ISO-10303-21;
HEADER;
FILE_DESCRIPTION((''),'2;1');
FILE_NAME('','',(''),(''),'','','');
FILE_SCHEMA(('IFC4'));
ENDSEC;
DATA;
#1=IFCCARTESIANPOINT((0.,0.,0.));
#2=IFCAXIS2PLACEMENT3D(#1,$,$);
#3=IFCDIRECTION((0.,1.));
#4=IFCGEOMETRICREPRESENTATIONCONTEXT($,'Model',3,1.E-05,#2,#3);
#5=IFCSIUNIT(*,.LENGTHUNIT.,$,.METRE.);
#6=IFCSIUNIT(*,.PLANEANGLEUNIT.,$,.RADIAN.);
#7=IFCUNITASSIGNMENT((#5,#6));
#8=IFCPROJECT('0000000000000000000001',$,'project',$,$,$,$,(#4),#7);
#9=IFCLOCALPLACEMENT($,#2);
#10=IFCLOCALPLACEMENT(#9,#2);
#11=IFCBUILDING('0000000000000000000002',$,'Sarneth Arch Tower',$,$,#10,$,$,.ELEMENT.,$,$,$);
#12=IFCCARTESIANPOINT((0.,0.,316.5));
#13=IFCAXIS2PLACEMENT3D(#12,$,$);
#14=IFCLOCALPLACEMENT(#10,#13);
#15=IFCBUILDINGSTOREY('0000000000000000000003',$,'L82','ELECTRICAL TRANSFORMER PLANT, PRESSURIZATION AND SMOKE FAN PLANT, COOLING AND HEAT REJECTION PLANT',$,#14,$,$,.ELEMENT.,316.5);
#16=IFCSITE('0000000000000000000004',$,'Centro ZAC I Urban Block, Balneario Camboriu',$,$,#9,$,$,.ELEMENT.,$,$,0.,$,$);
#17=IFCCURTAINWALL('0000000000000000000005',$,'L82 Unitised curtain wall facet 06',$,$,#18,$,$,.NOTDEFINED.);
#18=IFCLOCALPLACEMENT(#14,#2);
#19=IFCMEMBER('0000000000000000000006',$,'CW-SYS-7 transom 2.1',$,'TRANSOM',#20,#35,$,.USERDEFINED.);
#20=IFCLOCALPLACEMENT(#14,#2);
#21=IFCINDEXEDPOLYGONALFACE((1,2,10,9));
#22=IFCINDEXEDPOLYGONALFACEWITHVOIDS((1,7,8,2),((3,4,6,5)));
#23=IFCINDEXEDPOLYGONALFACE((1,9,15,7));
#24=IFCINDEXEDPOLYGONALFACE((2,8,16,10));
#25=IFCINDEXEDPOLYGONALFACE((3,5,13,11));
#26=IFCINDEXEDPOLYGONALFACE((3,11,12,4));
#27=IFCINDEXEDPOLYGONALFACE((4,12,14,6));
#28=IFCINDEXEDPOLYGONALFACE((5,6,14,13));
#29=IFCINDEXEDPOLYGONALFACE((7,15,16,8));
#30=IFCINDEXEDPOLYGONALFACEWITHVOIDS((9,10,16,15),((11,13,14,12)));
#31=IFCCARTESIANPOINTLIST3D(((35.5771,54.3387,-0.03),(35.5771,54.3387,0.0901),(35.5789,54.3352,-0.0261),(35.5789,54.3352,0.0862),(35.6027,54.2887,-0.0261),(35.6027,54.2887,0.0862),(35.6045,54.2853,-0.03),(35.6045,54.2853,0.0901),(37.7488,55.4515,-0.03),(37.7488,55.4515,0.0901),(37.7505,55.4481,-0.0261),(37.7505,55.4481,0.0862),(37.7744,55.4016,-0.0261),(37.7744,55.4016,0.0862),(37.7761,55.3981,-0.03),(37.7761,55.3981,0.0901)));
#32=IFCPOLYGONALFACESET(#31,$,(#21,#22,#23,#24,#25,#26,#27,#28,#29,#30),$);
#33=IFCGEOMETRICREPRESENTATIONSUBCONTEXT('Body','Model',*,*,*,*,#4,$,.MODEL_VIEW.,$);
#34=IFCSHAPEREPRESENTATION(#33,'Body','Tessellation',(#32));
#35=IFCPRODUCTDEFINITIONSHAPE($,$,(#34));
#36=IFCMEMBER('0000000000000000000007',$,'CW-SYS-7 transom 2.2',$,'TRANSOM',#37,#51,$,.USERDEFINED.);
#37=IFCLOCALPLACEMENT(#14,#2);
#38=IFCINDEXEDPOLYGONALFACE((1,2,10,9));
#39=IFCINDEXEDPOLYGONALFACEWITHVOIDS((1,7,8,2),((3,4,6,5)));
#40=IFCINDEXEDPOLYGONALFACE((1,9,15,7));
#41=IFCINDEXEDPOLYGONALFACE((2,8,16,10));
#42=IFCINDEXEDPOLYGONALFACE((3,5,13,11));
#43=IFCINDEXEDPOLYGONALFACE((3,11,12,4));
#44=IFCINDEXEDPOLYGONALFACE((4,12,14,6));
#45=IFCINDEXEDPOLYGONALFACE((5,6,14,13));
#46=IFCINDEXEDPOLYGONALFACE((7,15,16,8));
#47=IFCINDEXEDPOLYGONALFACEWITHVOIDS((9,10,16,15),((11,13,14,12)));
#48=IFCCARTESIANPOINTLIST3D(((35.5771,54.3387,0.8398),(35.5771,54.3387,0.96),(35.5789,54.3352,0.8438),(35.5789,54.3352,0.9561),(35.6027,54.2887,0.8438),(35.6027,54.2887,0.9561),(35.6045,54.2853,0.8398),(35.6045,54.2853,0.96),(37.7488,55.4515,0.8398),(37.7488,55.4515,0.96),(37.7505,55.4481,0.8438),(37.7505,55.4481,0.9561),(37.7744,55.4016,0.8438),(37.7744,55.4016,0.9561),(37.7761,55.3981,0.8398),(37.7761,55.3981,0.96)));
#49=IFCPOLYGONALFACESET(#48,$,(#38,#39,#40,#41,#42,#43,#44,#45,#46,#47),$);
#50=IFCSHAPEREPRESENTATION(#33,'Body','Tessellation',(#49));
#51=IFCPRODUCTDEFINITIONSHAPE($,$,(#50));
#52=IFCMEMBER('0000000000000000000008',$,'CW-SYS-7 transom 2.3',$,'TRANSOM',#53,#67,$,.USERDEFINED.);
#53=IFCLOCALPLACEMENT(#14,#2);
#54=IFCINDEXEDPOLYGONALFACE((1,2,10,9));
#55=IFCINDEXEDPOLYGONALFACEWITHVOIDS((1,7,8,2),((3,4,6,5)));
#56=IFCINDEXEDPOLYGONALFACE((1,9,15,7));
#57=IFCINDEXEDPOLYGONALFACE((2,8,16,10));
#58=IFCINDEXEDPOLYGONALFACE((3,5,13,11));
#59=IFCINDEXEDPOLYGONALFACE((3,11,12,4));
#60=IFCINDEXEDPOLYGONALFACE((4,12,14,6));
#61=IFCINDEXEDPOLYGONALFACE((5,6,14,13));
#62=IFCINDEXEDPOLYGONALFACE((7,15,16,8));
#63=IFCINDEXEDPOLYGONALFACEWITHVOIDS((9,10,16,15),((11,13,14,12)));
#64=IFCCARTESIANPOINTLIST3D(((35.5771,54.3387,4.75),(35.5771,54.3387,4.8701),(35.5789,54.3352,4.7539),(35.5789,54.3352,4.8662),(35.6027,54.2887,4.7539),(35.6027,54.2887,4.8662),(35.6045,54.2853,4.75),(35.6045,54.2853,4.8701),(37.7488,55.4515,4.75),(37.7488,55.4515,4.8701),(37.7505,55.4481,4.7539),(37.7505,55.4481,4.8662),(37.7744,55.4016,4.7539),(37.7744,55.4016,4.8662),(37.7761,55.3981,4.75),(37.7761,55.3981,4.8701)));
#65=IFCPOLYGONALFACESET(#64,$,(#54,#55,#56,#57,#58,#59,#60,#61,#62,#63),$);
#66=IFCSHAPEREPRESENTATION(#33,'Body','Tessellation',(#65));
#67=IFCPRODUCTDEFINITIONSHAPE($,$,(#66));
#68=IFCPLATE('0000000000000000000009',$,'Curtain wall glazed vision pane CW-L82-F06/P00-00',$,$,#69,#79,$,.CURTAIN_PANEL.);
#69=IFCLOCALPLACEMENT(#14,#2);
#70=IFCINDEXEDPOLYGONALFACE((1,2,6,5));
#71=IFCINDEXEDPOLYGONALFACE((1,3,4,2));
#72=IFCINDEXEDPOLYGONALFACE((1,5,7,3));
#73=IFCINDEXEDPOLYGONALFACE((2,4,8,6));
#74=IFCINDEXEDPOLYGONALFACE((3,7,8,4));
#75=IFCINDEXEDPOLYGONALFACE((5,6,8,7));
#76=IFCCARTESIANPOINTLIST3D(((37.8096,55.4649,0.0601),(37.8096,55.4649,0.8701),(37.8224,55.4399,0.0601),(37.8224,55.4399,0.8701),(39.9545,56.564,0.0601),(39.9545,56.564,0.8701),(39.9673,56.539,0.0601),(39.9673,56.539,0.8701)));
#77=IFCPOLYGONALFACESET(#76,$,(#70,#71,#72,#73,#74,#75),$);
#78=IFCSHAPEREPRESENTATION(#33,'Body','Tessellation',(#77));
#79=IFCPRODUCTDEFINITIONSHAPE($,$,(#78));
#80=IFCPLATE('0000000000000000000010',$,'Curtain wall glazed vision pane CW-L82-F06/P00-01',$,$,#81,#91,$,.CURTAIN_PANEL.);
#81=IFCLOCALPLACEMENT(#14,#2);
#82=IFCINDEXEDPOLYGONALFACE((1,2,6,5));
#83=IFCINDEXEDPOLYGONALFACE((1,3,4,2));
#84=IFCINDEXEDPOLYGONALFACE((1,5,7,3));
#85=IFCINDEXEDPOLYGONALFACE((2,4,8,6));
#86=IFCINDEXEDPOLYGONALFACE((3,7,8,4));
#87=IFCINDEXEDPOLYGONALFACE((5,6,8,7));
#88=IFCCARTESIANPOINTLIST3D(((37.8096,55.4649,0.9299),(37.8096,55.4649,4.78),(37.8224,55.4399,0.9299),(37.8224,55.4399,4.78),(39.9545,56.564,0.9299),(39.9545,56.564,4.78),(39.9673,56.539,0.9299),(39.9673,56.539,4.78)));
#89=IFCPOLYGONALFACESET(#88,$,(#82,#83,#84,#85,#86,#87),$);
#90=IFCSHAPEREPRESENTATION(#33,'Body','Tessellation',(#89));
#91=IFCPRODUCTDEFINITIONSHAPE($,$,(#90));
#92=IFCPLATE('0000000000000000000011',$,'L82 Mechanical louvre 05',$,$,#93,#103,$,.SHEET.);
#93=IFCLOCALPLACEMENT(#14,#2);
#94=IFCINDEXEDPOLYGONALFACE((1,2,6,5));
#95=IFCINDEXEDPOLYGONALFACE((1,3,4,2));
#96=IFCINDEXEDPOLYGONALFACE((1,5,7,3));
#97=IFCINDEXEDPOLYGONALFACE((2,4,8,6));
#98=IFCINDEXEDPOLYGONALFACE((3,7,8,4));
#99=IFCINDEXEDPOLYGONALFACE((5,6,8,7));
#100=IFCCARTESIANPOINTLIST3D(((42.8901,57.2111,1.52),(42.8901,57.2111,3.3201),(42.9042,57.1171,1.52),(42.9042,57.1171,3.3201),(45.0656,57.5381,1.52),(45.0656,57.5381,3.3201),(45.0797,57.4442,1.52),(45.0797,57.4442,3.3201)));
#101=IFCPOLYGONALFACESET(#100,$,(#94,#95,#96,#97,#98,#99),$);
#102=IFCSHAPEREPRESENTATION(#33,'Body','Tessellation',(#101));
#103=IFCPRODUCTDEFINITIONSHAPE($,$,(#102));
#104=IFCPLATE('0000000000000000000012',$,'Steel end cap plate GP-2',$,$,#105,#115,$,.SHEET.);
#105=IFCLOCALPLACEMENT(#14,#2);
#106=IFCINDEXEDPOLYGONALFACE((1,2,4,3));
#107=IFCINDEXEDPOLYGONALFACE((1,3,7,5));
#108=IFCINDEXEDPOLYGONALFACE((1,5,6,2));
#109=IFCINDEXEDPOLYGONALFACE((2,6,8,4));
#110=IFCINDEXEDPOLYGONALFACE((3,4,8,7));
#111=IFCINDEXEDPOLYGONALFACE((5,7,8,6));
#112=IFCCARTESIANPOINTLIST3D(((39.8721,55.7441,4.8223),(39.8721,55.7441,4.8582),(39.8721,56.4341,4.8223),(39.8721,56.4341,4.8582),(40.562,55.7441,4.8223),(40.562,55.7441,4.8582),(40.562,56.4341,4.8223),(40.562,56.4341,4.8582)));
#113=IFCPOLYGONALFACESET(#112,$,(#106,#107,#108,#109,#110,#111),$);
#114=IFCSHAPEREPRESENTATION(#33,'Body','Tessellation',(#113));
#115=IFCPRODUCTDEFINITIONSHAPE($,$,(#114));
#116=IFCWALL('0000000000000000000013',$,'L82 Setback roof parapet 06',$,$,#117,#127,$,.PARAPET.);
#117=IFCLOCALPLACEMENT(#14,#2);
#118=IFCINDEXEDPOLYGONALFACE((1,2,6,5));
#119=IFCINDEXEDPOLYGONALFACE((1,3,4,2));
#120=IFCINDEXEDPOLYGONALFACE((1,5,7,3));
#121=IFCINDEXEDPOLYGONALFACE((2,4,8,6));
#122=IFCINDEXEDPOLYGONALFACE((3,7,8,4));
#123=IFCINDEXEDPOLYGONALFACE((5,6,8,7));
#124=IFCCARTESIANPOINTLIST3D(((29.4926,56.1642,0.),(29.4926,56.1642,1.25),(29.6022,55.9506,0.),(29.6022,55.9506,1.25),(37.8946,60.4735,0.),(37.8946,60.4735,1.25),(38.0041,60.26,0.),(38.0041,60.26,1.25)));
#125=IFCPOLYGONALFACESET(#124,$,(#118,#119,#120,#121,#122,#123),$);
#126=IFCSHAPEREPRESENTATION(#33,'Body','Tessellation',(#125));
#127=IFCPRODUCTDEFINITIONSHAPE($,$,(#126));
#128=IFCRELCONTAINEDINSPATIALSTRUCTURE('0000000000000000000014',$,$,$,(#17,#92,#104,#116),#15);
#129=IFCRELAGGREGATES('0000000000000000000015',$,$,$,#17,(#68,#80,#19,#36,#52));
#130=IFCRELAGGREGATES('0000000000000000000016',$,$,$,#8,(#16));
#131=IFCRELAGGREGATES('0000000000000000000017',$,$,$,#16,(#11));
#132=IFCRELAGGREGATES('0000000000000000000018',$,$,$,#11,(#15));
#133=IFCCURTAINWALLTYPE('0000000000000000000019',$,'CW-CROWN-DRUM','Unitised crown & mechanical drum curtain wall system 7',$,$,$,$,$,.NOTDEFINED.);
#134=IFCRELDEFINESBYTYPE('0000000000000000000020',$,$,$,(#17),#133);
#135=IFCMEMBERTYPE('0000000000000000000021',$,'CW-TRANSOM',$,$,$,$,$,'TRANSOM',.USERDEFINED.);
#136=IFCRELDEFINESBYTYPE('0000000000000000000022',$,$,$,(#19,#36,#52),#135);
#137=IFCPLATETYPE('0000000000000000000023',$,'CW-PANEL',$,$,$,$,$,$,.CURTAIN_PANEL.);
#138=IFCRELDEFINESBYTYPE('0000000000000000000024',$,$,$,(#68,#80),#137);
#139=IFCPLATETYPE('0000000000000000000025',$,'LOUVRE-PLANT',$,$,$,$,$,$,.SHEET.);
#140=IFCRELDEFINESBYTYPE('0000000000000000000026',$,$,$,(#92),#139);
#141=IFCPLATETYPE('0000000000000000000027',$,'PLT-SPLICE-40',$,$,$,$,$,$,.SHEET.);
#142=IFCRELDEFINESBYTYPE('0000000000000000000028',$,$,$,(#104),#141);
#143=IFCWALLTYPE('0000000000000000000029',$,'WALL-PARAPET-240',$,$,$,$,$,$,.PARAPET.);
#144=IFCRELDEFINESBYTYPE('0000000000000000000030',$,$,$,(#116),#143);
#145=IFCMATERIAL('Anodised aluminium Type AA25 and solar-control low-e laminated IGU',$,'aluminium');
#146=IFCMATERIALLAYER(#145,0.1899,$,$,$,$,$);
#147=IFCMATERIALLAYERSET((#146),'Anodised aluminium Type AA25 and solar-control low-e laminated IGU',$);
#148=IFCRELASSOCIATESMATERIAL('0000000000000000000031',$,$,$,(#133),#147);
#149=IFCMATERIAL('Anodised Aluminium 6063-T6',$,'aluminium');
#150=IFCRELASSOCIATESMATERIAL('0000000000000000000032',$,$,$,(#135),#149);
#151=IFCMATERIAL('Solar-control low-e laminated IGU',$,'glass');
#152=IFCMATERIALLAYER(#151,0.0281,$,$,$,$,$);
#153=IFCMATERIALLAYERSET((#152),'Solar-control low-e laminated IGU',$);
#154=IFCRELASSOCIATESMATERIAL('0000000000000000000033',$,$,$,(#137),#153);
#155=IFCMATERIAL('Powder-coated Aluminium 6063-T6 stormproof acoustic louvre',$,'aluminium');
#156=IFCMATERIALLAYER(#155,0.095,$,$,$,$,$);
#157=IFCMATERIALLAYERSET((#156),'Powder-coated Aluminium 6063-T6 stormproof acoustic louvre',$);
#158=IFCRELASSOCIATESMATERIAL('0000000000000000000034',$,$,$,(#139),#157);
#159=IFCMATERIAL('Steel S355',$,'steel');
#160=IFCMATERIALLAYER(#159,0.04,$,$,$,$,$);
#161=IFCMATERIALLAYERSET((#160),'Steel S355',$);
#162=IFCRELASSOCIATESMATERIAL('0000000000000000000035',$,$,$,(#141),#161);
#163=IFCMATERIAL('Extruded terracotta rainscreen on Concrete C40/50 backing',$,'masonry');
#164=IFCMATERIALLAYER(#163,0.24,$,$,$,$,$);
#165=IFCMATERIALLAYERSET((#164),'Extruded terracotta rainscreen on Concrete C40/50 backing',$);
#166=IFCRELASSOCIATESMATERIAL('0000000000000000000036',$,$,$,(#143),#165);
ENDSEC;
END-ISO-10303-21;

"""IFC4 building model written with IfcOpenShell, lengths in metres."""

from ifc_helpers import new_model, si_unit, direction, frame, frame_2d, origin, origin_2d, place, context, subcontext, project, spatial, rectangle, hollow_rectangle, extrude, material, layer, layer_set, material_profile, profile_set, type_object, element, aggregate, save


model = new_model("IFC4")

# Units and contexts
model_context = context("Model", 3, precision=1e-05, world=origin(), true_north=direction((0.0, 1.0)))
body_context = subcontext(model_context, "Body", "Model", "MODEL_VIEW")
ifc_project = project(units=[si_unit("LENGTHUNIT", "METRE"), si_unit("PLANEANGLEUNIT", "RADIAN")], contexts=[model_context])

# Site, building, storey
site_placement = place(None, origin())
site = spatial("IfcSite", under=ifc_project, at=site_placement, Name="Centro ZAC I Urban Block, Balneario Camboriu", CompositionType="ELEMENT", RefElevation=0.0)
building_placement = place(site_placement, origin())
building = spatial("IfcBuilding", under=site, at=building_placement, Name="Sarneth Arch Tower", CompositionType="ELEMENT")
storey_placement = place(building_placement, frame((0.0, 0.0, 316.5)))
storey = spatial("IfcBuildingStorey", under=building, at=storey_placement, Name="L82", Description="ELECTRICAL TRANSFORMER PLANT, PRESSURIZATION AND SMOKE FAN PLANT, COOLING AND HEAT REJECTION PLANT", CompositionType="ELEMENT", Elevation=316.5)

# Curtain wall, members, plates
ifc_material_1 = material(Name="Anodised aluminium Type AA25 and solar-control low-e laminated IGU", Category="aluminium")
ifc_layer_1 = layer(ifc_material_1, 0.1899)
ifc_layer_set_1 = layer_set([ifc_layer_1], Name="Anodised aluminium Type AA25 and solar-control low-e laminated IGU")
curtain_wall_type = type_object("IfcCurtainWallType", Name="CW-CROWN-DRUM", Description="Unitised crown & mechanical drum curtain wall system 7", PredefinedType="NOTDEFINED", material=ifc_layer_set_1)
curtain_wall_placement = place(storey_placement, origin())
curtain_wall = element("IfcCurtainWall", 1, at=curtain_wall_placement, inside=storey, type_object=curtain_wall_type, Name="L82 Unitised curtain wall facet 06", PredefinedType="NOTDEFINED")
ifc_material_2 = material(Name="Anodised Aluminium 6063-T6", Category="aluminium")
ifc_material_profile_1 = material_profile(ifc_material_2, hollow_rectangle(XDim=0.0601, YDim=0.1201, WallThickness=0.0039, at=origin_2d()), Name="AL-TRAN-120x60x4")
ifc_profile_set_1 = profile_set([ifc_material_profile_1], Name="Anodised Aluminium 6063-T6")
member_type_1 = type_object("IfcMemberType", Name="CW-TRANSOM", ElementType="TRANSOM", PredefinedType="USERDEFINED", material=ifc_profile_set_1)
member_1_placement = place(storey_placement, frame((37.7625, 55.4248, 0.03), z_axis=(-0.889961, -0.456036, 0.0), x_axis=(0.456036, -0.889961, 0.0)))
member_1 = element("IfcMember", 2, at=member_1_placement, type_object=member_type_1, Name="CW-SYS-7 transom 2.1", ObjectType="TRANSOM", PredefinedType="USERDEFINED", context=body_context, shape_type="SweptSolid", body=[
    extrude(hollow_rectangle(XDim=0.0601, YDim=0.1201, WallThickness=0.0039, at=origin_2d()), origin(), (0.0, 0.0, 1.0), 2.4402),
])
member_2_placement = place(storey_placement, frame((37.7625, 55.4248, 0.8999), z_axis=(-0.889961, -0.456036, 0.0), x_axis=(0.456036, -0.889961, 0.0)))
member_2 = element("IfcMember", 3, at=member_2_placement, type_object=member_type_1, Name="CW-SYS-7 transom 2.2", ObjectType="TRANSOM", PredefinedType="USERDEFINED", context=body_context, shape_type="SweptSolid", body=[
    extrude(hollow_rectangle(XDim=0.0601, YDim=0.1201, WallThickness=0.0039, at=origin_2d()), origin(), (0.0, 0.0, 1.0), 2.4402),
])
member_3_placement = place(storey_placement, frame((37.7625, 55.4248, 4.8101), z_axis=(-0.889961, -0.456036, 0.0), x_axis=(0.456036, -0.889961, 0.0)))
member_3 = element("IfcMember", 4, at=member_3_placement, type_object=member_type_1, Name="CW-SYS-7 transom 2.3", ObjectType="TRANSOM", PredefinedType="USERDEFINED", context=body_context, shape_type="SweptSolid", body=[
    extrude(hollow_rectangle(XDim=0.0601, YDim=0.1201, WallThickness=0.0039, at=origin_2d()), origin(), (0.0, 0.0, 1.0), 2.4402),
])
ifc_material_3 = material(Name="Solar-control low-e laminated IGU", Category="glass")
ifc_layer_2 = layer(ifc_material_3, 0.0281)
ifc_layer_set_2 = layer_set([ifc_layer_2], Name="Solar-control low-e laminated IGU")
plate_type_1 = type_object("IfcPlateType", Name="CW-PANEL", PredefinedType="CURTAIN_PANEL", material=ifc_layer_set_2)
plate_1_placement = place(storey_placement, frame((38.8884, 56.002, 0.0601), z_axis=(0.0, 0.0, 1.0), x_axis=(-0.889959, -0.45604, 0.0)))
plate_1 = element("IfcPlate", 5, at=plate_1_placement, type_object=plate_type_1, Name="Curtain wall glazed vision pane CW-L82-F06/P00-00", PredefinedType="CURTAIN_PANEL", context=body_context, shape_type="SweptSolid", body=[
    extrude(rectangle(XDim=2.4102, YDim=0.0281, at=origin_2d()), origin(), (0.0, 0.0, 1.0), 0.8101),
])
plate_2_placement = place(storey_placement, frame((38.8884, 56.002, 0.9299), z_axis=(0.0, 0.0, 1.0), x_axis=(-0.889959, -0.45604, 0.0)))
plate_2 = element("IfcPlate", 6, at=plate_2_placement, type_object=plate_type_1, Name="Curtain wall glazed vision pane CW-L82-F06/P00-01", PredefinedType="CURTAIN_PANEL", context=body_context, shape_type="SweptSolid", body=[
    extrude(rectangle(XDim=2.4102, YDim=0.0281, at=origin_2d()), origin(), (0.0, 0.0, 1.0), 3.8501),
])
aggregate(curtain_wall, [plate_1, plate_2, member_1, member_2, member_3])

# Plates
ifc_material_4 = material(Name="Powder-coated Aluminium 6063-T6 stormproof acoustic louvre", Category="aluminium")
ifc_layer_3 = layer(ifc_material_4, 0.095)
ifc_layer_set_3 = layer_set([ifc_layer_3], Name="Powder-coated Aluminium 6063-T6 stormproof acoustic louvre")
plate_type_2 = type_object("IfcPlateType", Name="LOUVRE-PLANT", PredefinedType="SHEET", material=ifc_layer_set_3)
plate_3_placement = place(storey_placement, frame((43.9849, 57.3276, 1.52), z_axis=(0.0, 0.0, 1.0), x_axis=(-0.988886, -0.148672, 0.0)))
element("IfcPlate", 7, at=plate_3_placement, inside=storey, type_object=plate_type_2, Name="L82 Mechanical louvre 05", PredefinedType="SHEET", context=body_context, shape_type="SweptSolid", body=[
    extrude(rectangle(XDim=2.2, YDim=0.095, at=origin_2d()), origin(), (0.0, 0.0, 1.0), 1.8),
])
ifc_material_5 = material(Name="Steel S355", Category="steel")
ifc_layer_4 = layer(ifc_material_5, 0.04)
ifc_layer_set_4 = layer_set([ifc_layer_4], Name="Steel S355")
plate_type_3 = type_object("IfcPlateType", Name="PLT-SPLICE-40", PredefinedType="SHEET", material=ifc_layer_set_4)
plate_4_placement = place(storey_placement, frame((40.217, 56.0891, 4.8223), z_axis=(0.0, 0.0, 1.0), x_axis=(1.0, 0.0, 0.0)))
element("IfcPlate", 8, at=plate_4_placement, inside=storey, type_object=plate_type_3, Name="Steel end cap plate GP-2", PredefinedType="SHEET", context=body_context, shape_type="SweptSolid", body=[
    extrude(rectangle(XDim=0.6899, YDim=0.6899, at=origin_2d()), origin(), (0.0, 0.0, 1.0), 0.0359),
])

# Wall
ifc_material_6 = material(Name="Extruded terracotta rainscreen on Concrete C40/50 backing", Category="masonry")
ifc_layer_5 = layer(ifc_material_6, 0.24)
ifc_layer_set_5 = layer_set([ifc_layer_5], Name="Extruded terracotta rainscreen on Concrete C40/50 backing")
wall_type = type_object("IfcWallType", Name="WALL-PARAPET-240", PredefinedType="PARAPET", material=ifc_layer_set_5)
wall_placement = place(storey_placement, frame((37.9492, 60.3667, 0.0), z_axis=(0.0, 0.0, 1.0), x_axis=(-0.889788, -0.456374, 0.0)))
element("IfcWall", 9, at=wall_placement, inside=storey, type_object=wall_type, Name="L82 Setback roof parapet 06", PredefinedType="PARAPET", context=body_context, shape_type="SweptSolid", body=[
    extrude(rectangle(XDim=9.4426, YDim=0.24, at=frame_2d((4.7212, 0.0))), origin(), (0.0, 0.0, 1.0), 1.25),
])

save(model, "model.ifc")
